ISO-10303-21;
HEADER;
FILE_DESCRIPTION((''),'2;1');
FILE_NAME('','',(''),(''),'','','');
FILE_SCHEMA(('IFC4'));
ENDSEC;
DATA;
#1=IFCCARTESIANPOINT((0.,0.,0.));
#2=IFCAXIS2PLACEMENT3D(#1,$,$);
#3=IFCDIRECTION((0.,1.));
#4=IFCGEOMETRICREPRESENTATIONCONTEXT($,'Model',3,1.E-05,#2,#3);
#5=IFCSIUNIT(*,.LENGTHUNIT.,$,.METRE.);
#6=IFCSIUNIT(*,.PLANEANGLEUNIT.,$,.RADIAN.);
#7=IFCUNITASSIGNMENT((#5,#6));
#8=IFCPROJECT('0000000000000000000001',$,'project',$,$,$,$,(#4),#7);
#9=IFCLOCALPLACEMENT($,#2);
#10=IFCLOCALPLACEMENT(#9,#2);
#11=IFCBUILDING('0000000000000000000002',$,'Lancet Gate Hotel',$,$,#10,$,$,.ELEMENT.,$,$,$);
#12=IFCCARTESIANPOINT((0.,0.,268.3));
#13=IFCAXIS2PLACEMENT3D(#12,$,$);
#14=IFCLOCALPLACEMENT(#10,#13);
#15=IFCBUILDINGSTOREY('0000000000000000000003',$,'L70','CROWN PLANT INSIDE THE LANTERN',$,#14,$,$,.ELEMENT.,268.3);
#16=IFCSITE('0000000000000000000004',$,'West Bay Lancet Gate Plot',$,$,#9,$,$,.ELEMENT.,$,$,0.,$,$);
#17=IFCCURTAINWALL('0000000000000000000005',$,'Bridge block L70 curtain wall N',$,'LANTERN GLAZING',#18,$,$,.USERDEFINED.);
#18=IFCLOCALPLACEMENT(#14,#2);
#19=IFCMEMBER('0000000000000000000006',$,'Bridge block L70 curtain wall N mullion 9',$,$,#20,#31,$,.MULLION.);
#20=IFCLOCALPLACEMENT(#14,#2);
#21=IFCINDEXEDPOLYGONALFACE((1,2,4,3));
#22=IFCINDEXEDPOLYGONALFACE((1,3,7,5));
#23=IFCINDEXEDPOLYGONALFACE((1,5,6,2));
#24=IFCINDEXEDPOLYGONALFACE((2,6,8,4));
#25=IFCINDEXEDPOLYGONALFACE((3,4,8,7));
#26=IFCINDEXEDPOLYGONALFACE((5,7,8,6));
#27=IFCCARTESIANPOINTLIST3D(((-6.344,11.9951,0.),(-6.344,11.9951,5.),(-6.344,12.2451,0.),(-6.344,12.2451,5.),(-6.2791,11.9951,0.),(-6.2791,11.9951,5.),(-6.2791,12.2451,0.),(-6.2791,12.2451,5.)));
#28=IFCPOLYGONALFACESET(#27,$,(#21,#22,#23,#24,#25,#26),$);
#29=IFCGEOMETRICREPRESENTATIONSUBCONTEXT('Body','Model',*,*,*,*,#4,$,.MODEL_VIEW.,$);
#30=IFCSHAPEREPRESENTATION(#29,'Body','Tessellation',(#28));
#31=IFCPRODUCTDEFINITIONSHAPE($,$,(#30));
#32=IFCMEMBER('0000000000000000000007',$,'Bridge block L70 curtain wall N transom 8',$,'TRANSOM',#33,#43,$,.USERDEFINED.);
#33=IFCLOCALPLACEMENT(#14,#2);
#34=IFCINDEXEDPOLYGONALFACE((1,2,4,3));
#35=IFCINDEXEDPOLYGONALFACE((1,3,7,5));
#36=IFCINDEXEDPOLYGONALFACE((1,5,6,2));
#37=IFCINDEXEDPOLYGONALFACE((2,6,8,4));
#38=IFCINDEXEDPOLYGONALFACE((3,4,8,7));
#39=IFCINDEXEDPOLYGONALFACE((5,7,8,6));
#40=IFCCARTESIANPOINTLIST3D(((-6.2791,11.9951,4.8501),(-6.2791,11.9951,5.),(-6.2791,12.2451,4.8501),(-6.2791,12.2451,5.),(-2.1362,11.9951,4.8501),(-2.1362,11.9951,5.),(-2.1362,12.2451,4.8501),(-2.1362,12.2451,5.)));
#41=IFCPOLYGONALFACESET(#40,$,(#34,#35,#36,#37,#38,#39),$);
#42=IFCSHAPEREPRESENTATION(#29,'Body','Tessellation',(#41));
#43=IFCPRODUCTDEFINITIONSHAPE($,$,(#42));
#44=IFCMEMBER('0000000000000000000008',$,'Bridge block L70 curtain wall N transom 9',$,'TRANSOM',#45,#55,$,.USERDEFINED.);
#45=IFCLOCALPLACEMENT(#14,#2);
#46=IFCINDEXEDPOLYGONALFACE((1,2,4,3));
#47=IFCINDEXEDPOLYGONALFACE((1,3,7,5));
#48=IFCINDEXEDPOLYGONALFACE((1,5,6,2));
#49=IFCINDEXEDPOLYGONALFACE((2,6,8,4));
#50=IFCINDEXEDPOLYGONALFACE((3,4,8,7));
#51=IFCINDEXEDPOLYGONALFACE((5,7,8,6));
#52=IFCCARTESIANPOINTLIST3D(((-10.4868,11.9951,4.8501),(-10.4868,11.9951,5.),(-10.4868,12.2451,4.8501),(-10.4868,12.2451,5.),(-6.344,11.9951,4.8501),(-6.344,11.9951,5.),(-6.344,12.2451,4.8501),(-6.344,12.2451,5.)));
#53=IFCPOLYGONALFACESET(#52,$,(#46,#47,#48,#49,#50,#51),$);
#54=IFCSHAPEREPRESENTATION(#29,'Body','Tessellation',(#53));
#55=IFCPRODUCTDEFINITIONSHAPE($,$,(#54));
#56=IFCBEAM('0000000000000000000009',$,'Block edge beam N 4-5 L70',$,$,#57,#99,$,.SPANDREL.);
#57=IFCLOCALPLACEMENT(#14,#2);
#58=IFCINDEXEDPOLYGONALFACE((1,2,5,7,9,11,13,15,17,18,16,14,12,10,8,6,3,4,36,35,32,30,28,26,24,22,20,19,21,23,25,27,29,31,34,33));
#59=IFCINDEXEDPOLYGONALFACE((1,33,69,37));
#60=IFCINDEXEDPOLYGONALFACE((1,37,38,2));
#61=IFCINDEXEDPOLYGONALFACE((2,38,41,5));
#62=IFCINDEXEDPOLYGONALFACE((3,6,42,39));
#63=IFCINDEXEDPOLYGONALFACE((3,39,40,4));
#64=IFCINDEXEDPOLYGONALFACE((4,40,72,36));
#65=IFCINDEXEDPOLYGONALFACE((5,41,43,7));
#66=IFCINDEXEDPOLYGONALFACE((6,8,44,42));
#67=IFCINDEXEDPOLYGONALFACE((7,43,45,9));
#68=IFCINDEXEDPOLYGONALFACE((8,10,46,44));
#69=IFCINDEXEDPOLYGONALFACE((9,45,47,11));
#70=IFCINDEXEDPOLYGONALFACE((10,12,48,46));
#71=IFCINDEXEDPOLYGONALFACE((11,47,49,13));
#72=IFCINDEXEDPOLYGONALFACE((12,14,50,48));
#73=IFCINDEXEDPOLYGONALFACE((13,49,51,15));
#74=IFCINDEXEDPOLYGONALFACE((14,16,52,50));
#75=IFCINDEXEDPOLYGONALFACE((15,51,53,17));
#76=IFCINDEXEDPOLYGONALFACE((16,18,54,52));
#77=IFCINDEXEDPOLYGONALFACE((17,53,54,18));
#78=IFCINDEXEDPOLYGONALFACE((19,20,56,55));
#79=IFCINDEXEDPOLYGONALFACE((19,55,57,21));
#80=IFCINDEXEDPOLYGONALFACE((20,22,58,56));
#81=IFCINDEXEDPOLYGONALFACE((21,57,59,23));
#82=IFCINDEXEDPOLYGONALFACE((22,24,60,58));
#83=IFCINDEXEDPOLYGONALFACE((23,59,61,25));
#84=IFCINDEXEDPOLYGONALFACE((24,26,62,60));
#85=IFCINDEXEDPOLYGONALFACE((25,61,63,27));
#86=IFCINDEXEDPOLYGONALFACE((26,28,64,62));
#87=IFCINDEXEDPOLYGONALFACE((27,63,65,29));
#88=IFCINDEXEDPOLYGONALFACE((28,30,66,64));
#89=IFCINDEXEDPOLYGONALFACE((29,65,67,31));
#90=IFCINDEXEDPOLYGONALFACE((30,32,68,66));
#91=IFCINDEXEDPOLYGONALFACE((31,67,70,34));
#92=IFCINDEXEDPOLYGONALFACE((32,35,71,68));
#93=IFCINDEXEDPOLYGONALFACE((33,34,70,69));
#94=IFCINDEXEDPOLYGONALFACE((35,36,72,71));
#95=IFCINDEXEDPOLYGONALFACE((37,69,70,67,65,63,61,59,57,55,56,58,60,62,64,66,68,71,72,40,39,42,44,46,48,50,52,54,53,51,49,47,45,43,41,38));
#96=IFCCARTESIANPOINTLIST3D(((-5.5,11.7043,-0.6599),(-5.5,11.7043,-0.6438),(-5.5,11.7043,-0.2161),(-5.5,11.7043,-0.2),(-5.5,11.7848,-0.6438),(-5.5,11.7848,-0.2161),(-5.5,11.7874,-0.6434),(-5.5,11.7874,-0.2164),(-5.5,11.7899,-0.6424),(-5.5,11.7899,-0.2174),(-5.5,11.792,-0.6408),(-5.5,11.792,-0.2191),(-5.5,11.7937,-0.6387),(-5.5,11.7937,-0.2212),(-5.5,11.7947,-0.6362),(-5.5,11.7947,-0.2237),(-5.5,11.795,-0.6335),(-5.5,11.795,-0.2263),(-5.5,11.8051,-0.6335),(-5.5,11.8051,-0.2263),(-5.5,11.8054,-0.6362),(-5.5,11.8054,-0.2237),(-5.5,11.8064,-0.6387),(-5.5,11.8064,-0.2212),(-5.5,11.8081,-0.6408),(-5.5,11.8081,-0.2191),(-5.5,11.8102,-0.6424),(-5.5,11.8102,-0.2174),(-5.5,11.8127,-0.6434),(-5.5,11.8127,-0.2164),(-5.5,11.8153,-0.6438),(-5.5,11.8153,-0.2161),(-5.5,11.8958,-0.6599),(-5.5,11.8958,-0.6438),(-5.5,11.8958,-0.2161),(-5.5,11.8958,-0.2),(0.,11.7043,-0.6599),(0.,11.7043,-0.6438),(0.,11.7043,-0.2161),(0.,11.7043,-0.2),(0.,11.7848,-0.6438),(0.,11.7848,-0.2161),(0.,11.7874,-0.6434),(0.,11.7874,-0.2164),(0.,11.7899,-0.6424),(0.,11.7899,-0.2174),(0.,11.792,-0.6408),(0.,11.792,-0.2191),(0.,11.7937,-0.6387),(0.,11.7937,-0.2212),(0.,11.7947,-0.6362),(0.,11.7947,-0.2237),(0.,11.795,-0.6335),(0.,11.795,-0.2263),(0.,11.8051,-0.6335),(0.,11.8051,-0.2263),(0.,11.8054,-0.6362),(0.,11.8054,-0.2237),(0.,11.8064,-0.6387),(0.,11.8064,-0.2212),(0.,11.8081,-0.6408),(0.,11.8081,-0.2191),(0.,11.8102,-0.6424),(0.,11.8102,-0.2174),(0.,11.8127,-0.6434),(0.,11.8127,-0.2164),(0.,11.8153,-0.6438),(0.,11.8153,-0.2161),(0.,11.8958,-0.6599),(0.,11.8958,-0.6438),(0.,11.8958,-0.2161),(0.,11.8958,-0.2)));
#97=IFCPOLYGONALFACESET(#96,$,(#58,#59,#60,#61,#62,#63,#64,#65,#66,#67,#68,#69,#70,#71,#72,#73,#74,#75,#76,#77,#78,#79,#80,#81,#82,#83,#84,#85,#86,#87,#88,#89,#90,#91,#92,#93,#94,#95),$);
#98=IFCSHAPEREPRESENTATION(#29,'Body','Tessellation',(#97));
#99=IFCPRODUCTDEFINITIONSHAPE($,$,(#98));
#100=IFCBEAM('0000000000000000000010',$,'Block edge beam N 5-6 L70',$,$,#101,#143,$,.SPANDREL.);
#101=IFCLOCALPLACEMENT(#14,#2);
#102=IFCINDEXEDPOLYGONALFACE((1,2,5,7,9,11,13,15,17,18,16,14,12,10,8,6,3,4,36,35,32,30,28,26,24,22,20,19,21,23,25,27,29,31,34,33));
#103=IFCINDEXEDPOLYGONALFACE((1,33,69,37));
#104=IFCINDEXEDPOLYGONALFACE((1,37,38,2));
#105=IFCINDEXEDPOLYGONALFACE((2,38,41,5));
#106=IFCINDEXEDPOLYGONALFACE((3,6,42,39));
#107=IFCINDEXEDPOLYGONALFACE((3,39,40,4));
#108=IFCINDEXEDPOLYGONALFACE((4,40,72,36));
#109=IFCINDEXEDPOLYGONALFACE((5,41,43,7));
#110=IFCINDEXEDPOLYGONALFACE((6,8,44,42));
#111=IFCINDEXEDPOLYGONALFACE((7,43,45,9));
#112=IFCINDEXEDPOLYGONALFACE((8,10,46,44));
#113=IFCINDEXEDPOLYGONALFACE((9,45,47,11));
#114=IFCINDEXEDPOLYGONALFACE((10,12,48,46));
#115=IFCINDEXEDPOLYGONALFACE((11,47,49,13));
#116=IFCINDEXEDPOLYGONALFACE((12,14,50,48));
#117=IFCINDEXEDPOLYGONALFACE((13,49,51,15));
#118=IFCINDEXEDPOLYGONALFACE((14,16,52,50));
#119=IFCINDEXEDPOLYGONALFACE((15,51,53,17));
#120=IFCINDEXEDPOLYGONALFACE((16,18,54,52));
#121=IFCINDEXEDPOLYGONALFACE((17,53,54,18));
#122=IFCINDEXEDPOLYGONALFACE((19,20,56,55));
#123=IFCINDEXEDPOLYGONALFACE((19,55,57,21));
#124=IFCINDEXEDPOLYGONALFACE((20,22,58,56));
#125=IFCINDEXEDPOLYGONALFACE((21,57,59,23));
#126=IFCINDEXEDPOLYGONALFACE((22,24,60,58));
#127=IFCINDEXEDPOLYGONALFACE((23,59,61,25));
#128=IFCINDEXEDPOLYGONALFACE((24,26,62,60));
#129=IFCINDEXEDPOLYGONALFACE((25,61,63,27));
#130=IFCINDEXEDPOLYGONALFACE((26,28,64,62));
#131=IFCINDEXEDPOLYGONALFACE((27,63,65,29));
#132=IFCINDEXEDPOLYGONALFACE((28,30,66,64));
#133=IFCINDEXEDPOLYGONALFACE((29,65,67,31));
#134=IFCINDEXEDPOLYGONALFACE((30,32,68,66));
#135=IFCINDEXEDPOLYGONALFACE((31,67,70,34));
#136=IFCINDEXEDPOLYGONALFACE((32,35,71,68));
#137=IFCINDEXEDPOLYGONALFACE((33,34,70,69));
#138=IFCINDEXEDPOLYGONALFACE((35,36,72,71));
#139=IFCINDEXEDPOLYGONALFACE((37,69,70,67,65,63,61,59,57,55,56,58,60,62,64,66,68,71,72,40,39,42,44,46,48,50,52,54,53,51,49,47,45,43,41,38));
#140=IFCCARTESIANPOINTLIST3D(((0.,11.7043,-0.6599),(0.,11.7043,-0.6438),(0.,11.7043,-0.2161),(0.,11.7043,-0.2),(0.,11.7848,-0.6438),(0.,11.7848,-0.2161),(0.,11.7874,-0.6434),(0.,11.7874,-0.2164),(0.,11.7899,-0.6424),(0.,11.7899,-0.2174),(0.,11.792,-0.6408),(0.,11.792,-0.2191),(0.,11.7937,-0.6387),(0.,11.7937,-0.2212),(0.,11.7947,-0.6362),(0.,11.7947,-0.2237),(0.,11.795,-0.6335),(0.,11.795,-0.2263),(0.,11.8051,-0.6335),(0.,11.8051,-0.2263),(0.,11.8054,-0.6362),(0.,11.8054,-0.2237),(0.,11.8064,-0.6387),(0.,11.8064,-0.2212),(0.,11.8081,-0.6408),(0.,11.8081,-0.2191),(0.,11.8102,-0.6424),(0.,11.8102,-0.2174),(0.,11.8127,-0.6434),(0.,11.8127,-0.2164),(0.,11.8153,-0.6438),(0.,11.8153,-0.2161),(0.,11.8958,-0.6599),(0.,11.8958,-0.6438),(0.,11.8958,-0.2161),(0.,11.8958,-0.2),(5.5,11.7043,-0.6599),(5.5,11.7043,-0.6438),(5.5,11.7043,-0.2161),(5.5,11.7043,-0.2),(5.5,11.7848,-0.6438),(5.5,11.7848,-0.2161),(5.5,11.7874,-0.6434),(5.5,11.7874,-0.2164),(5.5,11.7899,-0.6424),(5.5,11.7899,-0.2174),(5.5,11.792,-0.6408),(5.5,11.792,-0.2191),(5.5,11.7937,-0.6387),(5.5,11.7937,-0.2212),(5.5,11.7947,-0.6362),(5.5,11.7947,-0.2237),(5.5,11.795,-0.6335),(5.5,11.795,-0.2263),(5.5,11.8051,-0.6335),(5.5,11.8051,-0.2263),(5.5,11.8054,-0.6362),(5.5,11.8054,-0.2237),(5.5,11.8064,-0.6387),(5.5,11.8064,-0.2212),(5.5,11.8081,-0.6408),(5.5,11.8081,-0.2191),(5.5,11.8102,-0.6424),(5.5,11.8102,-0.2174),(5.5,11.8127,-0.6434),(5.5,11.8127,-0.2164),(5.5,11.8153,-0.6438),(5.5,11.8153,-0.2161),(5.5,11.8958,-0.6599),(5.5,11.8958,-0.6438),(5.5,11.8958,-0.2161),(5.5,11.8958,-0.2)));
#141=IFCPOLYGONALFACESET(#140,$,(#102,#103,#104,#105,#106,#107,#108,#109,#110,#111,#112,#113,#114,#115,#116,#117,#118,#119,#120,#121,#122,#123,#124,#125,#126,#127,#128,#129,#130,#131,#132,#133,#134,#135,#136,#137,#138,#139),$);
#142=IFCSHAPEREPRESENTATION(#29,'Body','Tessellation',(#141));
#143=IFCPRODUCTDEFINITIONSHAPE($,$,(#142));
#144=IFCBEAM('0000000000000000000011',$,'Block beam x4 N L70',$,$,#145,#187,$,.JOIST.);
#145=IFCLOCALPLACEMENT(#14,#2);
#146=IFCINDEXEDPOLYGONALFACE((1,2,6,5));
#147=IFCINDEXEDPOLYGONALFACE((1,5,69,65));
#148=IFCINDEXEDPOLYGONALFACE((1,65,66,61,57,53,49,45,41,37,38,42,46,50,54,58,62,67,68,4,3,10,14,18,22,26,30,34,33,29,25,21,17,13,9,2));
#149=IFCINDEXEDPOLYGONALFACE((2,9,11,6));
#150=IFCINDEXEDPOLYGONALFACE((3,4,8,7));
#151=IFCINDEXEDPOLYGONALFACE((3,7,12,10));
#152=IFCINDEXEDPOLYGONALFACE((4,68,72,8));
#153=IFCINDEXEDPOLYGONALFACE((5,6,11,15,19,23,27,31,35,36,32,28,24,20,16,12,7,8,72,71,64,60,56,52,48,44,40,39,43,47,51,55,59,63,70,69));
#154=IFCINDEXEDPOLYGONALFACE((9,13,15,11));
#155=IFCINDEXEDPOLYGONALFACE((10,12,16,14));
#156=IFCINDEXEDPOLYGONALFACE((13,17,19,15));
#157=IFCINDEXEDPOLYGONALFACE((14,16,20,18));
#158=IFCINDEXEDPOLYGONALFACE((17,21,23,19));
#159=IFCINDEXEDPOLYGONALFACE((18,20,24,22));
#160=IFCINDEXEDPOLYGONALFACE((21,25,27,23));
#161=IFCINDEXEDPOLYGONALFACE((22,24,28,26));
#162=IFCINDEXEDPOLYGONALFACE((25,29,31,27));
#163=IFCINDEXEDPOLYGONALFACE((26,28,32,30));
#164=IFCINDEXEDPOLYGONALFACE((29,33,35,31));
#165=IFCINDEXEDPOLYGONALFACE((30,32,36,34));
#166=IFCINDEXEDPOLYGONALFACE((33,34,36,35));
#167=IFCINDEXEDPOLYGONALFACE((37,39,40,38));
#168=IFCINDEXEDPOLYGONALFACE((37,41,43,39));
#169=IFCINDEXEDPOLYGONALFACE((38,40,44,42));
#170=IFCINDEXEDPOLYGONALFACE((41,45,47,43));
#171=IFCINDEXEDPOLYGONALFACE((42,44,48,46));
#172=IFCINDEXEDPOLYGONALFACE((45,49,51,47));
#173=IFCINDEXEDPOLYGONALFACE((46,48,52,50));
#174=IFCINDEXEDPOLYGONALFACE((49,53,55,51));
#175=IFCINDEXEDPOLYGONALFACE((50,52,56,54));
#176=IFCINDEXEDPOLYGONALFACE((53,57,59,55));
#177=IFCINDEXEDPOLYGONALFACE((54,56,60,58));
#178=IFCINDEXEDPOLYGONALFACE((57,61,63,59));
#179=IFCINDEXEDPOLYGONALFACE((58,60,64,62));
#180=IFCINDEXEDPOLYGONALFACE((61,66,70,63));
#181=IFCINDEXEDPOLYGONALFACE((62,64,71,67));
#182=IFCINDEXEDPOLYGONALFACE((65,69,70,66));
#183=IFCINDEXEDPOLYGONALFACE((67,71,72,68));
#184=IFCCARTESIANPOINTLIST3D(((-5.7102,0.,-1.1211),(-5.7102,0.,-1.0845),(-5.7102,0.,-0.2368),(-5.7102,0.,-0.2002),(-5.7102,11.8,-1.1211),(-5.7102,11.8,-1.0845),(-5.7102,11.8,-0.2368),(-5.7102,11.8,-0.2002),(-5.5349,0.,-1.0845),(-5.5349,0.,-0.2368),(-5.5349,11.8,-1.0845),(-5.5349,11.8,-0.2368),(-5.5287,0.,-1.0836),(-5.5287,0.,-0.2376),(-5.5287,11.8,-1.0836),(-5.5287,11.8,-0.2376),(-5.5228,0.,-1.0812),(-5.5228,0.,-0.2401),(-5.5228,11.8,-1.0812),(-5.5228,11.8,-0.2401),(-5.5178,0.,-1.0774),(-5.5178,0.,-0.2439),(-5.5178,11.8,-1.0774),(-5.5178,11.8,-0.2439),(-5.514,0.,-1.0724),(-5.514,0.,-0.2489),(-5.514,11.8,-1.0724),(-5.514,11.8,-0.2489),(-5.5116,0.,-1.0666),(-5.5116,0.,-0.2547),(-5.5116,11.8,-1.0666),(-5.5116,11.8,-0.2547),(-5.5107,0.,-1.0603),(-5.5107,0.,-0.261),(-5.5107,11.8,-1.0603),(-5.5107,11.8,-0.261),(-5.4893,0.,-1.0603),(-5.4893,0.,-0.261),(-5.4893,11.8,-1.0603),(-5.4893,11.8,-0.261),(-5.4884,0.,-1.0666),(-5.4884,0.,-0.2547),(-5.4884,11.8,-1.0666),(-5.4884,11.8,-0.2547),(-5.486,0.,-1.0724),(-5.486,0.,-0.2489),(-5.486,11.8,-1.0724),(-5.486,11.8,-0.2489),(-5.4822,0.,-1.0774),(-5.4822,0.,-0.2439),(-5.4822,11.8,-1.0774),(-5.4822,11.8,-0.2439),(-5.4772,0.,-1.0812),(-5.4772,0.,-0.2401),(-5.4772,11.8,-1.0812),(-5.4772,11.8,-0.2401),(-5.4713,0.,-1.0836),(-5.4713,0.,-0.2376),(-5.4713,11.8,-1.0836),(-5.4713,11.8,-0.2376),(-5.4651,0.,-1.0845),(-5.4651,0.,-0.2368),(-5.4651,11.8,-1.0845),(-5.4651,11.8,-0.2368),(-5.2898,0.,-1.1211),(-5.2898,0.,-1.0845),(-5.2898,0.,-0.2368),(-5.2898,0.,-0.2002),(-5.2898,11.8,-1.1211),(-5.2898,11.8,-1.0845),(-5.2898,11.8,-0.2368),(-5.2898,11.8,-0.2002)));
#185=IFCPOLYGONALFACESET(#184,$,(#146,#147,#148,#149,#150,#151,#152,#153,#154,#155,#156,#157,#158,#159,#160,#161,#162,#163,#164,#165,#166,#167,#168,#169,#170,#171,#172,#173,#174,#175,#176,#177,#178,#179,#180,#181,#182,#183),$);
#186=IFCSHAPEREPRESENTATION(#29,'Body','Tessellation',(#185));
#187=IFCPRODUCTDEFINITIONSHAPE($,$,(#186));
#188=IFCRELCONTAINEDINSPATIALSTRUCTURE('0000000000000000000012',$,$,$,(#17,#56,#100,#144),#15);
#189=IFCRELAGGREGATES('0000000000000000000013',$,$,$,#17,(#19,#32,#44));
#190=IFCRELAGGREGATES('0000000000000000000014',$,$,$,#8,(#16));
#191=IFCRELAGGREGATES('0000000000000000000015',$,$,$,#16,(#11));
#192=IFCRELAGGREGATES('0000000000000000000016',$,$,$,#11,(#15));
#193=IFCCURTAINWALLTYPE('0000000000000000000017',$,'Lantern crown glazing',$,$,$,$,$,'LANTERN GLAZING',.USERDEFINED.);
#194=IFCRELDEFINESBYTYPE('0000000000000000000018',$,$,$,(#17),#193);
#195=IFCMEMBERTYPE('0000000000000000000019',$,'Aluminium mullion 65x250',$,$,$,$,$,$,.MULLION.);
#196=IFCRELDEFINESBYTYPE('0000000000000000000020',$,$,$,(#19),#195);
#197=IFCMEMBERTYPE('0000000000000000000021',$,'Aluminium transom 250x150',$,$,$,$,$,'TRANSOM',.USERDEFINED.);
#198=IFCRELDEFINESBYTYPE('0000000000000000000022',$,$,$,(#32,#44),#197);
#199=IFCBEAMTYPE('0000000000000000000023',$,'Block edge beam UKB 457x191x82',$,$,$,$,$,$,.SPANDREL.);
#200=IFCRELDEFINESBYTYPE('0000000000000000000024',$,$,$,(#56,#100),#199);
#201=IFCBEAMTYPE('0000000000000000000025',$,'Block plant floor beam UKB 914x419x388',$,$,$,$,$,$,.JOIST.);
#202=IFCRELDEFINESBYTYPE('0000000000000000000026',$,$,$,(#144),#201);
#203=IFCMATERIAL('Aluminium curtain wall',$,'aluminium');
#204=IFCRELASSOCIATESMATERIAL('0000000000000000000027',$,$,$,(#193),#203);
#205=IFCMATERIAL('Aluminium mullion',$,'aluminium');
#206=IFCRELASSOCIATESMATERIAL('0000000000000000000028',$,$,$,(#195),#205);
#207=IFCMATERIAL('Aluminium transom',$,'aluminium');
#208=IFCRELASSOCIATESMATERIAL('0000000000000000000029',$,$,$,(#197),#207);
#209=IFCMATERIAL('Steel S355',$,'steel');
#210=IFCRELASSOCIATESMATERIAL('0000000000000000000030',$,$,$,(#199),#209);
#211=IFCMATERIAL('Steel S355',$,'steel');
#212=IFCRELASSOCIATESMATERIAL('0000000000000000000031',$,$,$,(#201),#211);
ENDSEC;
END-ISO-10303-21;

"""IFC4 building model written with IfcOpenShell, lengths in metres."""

from ifc_helpers import new_model, si_unit, direction, frame, origin, origin_2d, place, context, subcontext, project, spatial, rectangle, i_section, extrude, material, material_profile, profile_set, type_object, element, aggregate, save


model = new_model("IFC4")

# Units and contexts
model_context = context("Model", 3, precision=1e-05, world=origin(), true_north=direction((0.0, 1.0)))
body_context = subcontext(model_context, "Body", "Model", "MODEL_VIEW")
ifc_project = project(units=[si_unit("LENGTHUNIT", "METRE"), si_unit("PLANEANGLEUNIT", "RADIAN")], contexts=[model_context])

# Site, building, storey
site_placement = place(None, origin())
site = spatial("IfcSite", under=ifc_project, at=site_placement, Name="West Bay Lancet Gate Plot", CompositionType="ELEMENT", RefElevation=0.0)
building_placement = place(site_placement, origin())
building = spatial("IfcBuilding", under=site, at=building_placement, Name="Lancet Gate Hotel", CompositionType="ELEMENT")
storey_placement = place(building_placement, frame((0.0, 0.0, 268.3)))
storey = spatial("IfcBuildingStorey", under=building, at=storey_placement, Name="L70", Description="CROWN PLANT INSIDE THE LANTERN", CompositionType="ELEMENT", Elevation=268.3)

# Curtain wall, members
ifc_material_1 = material(Name="Aluminium curtain wall", Category="aluminium")
curtain_wall_type_1 = type_object("IfcCurtainWallType", Name="Lantern crown glazing", ElementType="LANTERN GLAZING", PredefinedType="USERDEFINED", material=ifc_material_1)
curtain_wall_1_placement = place(storey_placement, origin())
curtain_wall_1 = element("IfcCurtainWall", 1, at=curtain_wall_1_placement, inside=storey, type_object=curtain_wall_type_1, Name="Bridge block L70 curtain wall N", ObjectType="LANTERN GLAZING", PredefinedType="USERDEFINED")
ifc_material_2 = material(Name="Aluminium mullion", Category="aluminium")
ifc_material_profile_1 = material_profile(ifc_material_2, rectangle(XDim=0.0649, YDim=0.25, at=origin_2d()), Name="MULLION 65x250")
ifc_profile_set_1 = profile_set([ifc_material_profile_1], Name="Aluminium mullion")
member_type_1 = type_object("IfcMemberType", Name="Aluminium mullion 65x250", PredefinedType="MULLION", material=ifc_profile_set_1)
member_1_placement = place(storey_placement, frame((-6.3115, 12.1201, 0.0), z_axis=(0.0, 0.0, 1.0), x_axis=(-1.0, 0.0, 0.0)))
member_1 = element("IfcMember", 2, at=member_1_placement, type_object=member_type_1, Name="Bridge block L70 curtain wall N mullion 9", PredefinedType="MULLION", context=body_context, shape_type="SweptSolid", body=[
    extrude(rectangle(XDim=0.0649, YDim=0.25, at=origin_2d()), origin(), (0.0, 0.0, 1.0), 5.0),
])
ifc_material_3 = material(Name="Aluminium transom", Category="aluminium")
ifc_material_profile_2 = material_profile(ifc_material_3, rectangle(XDim=0.25, YDim=0.1499, at=origin_2d()), Name="TRANSOM 250x150")
ifc_profile_set_2 = profile_set([ifc_material_profile_2], Name="Aluminium transom")
member_type_2 = type_object("IfcMemberType", Name="Aluminium transom 250x150", ElementType="TRANSOM", PredefinedType="USERDEFINED", material=ifc_profile_set_2)
member_2_placement = place(storey_placement, frame((-2.1362, 12.1201, 4.925), z_axis=(-1.0, 0.0, 0.0), x_axis=(0.0, -1.0, 0.0)))
member_2 = element("IfcMember", 3, at=member_2_placement, type_object=member_type_2, Name="Bridge block L70 curtain wall N transom 8", ObjectType="TRANSOM", PredefinedType="USERDEFINED", context=body_context, shape_type="SweptSolid", body=[
    extrude(rectangle(XDim=0.25, YDim=0.1499, at=origin_2d()), origin(), (0.0, 0.0, 1.0), 4.1428),
])
member_3_placement = place(storey_placement, frame((-6.344, 12.1201, 4.925), z_axis=(-1.0, 0.0, 0.0), x_axis=(0.0, -1.0, 0.0)))
member_3 = element("IfcMember", 4, at=member_3_placement, type_object=member_type_2, Name="Bridge block L70 curtain wall N transom 9", ObjectType="TRANSOM", PredefinedType="USERDEFINED", context=body_context, shape_type="SweptSolid", body=[
    extrude(rectangle(XDim=0.25, YDim=0.1499, at=origin_2d()), origin(), (0.0, 0.0, 1.0), 4.1428),
])

# Beams
ifc_material_4 = material(Name="Steel S355", Category="steel")
ifc_material_profile_3 = material_profile(ifc_material_4, i_section(OverallWidth=0.1914, OverallDepth=0.46, WebThickness=0.01, FlangeThickness=0.0161, FilletRadius=0.0103, at=origin_2d()), Name="UKB 457x191x82")
ifc_profile_set_3 = profile_set([ifc_material_profile_3], Name="Steel S355")
beam_type_1 = type_object("IfcBeamType", Name="Block edge beam UKB 457x191x82", PredefinedType="SPANDREL", material=ifc_profile_set_3)
for number, where, z_axis, x_axis, name in (
    (5, (-5.5, 11.8, -0.4299), (1.0, 0.0, 0.0), (0.0, 1.0, 0.0), "Block edge beam N 4-5 L70"),
    (6, (0.0, 11.8, -0.4299), (1.0, 0.0, 0.0), (0.0, 1.0, 0.0), "Block edge beam N 5-6 L70"),
):
    element("IfcBeam", number, at=place(storey_placement, frame(where, z_axis=z_axis, x_axis=x_axis)), inside=storey, type_object=beam_type_1, Name=name, PredefinedType="SPANDREL", context=body_context, shape_type="SweptSolid", body=[
        extrude(i_section(OverallWidth=0.1914, OverallDepth=0.46, WebThickness=0.01, FlangeThickness=0.0161, FilletRadius=0.0103, at=origin_2d()), origin(), (0.0, 0.0, 1.0), 5.5),
    ])
ifc_material_5 = material(Name="Steel S355", Category="steel")
ifc_material_profile_4 = material_profile(ifc_material_5, i_section(OverallWidth=0.4204, OverallDepth=0.9209, WebThickness=0.0215, FlangeThickness=0.0366, FilletRadius=0.0242, at=origin_2d()), Name="UKB 914x419x388")
ifc_profile_set_4 = profile_set([ifc_material_profile_4], Name="Steel S355")
beam_type_2 = type_object("IfcBeamType", Name="Block plant floor beam UKB 914x419x388", PredefinedType="JOIST", material=ifc_profile_set_4)
for number, where, z_axis, x_axis, name in (
    (7, (-5.5, 0.0, -0.6606), (0.0, 1.0, 0.0), (-1.0, 0.0, 0.0), "Block beam x4 N L70"),
):
    element("IfcBeam", number, at=place(storey_placement, frame(where, z_axis=z_axis, x_axis=x_axis)), inside=storey, type_object=beam_type_2, Name=name, PredefinedType="JOIST", context=body_context, shape_type="SweptSolid", body=[
        extrude(i_section(OverallWidth=0.4204, OverallDepth=0.9209, WebThickness=0.0215, FlangeThickness=0.0366, FilletRadius=0.0242, at=origin_2d()), origin(), (0.0, 0.0, 1.0), 11.8),
    ])

aggregate(curtain_wall_1, [member_1, member_2, member_3])

save(model, "model.ifc")
